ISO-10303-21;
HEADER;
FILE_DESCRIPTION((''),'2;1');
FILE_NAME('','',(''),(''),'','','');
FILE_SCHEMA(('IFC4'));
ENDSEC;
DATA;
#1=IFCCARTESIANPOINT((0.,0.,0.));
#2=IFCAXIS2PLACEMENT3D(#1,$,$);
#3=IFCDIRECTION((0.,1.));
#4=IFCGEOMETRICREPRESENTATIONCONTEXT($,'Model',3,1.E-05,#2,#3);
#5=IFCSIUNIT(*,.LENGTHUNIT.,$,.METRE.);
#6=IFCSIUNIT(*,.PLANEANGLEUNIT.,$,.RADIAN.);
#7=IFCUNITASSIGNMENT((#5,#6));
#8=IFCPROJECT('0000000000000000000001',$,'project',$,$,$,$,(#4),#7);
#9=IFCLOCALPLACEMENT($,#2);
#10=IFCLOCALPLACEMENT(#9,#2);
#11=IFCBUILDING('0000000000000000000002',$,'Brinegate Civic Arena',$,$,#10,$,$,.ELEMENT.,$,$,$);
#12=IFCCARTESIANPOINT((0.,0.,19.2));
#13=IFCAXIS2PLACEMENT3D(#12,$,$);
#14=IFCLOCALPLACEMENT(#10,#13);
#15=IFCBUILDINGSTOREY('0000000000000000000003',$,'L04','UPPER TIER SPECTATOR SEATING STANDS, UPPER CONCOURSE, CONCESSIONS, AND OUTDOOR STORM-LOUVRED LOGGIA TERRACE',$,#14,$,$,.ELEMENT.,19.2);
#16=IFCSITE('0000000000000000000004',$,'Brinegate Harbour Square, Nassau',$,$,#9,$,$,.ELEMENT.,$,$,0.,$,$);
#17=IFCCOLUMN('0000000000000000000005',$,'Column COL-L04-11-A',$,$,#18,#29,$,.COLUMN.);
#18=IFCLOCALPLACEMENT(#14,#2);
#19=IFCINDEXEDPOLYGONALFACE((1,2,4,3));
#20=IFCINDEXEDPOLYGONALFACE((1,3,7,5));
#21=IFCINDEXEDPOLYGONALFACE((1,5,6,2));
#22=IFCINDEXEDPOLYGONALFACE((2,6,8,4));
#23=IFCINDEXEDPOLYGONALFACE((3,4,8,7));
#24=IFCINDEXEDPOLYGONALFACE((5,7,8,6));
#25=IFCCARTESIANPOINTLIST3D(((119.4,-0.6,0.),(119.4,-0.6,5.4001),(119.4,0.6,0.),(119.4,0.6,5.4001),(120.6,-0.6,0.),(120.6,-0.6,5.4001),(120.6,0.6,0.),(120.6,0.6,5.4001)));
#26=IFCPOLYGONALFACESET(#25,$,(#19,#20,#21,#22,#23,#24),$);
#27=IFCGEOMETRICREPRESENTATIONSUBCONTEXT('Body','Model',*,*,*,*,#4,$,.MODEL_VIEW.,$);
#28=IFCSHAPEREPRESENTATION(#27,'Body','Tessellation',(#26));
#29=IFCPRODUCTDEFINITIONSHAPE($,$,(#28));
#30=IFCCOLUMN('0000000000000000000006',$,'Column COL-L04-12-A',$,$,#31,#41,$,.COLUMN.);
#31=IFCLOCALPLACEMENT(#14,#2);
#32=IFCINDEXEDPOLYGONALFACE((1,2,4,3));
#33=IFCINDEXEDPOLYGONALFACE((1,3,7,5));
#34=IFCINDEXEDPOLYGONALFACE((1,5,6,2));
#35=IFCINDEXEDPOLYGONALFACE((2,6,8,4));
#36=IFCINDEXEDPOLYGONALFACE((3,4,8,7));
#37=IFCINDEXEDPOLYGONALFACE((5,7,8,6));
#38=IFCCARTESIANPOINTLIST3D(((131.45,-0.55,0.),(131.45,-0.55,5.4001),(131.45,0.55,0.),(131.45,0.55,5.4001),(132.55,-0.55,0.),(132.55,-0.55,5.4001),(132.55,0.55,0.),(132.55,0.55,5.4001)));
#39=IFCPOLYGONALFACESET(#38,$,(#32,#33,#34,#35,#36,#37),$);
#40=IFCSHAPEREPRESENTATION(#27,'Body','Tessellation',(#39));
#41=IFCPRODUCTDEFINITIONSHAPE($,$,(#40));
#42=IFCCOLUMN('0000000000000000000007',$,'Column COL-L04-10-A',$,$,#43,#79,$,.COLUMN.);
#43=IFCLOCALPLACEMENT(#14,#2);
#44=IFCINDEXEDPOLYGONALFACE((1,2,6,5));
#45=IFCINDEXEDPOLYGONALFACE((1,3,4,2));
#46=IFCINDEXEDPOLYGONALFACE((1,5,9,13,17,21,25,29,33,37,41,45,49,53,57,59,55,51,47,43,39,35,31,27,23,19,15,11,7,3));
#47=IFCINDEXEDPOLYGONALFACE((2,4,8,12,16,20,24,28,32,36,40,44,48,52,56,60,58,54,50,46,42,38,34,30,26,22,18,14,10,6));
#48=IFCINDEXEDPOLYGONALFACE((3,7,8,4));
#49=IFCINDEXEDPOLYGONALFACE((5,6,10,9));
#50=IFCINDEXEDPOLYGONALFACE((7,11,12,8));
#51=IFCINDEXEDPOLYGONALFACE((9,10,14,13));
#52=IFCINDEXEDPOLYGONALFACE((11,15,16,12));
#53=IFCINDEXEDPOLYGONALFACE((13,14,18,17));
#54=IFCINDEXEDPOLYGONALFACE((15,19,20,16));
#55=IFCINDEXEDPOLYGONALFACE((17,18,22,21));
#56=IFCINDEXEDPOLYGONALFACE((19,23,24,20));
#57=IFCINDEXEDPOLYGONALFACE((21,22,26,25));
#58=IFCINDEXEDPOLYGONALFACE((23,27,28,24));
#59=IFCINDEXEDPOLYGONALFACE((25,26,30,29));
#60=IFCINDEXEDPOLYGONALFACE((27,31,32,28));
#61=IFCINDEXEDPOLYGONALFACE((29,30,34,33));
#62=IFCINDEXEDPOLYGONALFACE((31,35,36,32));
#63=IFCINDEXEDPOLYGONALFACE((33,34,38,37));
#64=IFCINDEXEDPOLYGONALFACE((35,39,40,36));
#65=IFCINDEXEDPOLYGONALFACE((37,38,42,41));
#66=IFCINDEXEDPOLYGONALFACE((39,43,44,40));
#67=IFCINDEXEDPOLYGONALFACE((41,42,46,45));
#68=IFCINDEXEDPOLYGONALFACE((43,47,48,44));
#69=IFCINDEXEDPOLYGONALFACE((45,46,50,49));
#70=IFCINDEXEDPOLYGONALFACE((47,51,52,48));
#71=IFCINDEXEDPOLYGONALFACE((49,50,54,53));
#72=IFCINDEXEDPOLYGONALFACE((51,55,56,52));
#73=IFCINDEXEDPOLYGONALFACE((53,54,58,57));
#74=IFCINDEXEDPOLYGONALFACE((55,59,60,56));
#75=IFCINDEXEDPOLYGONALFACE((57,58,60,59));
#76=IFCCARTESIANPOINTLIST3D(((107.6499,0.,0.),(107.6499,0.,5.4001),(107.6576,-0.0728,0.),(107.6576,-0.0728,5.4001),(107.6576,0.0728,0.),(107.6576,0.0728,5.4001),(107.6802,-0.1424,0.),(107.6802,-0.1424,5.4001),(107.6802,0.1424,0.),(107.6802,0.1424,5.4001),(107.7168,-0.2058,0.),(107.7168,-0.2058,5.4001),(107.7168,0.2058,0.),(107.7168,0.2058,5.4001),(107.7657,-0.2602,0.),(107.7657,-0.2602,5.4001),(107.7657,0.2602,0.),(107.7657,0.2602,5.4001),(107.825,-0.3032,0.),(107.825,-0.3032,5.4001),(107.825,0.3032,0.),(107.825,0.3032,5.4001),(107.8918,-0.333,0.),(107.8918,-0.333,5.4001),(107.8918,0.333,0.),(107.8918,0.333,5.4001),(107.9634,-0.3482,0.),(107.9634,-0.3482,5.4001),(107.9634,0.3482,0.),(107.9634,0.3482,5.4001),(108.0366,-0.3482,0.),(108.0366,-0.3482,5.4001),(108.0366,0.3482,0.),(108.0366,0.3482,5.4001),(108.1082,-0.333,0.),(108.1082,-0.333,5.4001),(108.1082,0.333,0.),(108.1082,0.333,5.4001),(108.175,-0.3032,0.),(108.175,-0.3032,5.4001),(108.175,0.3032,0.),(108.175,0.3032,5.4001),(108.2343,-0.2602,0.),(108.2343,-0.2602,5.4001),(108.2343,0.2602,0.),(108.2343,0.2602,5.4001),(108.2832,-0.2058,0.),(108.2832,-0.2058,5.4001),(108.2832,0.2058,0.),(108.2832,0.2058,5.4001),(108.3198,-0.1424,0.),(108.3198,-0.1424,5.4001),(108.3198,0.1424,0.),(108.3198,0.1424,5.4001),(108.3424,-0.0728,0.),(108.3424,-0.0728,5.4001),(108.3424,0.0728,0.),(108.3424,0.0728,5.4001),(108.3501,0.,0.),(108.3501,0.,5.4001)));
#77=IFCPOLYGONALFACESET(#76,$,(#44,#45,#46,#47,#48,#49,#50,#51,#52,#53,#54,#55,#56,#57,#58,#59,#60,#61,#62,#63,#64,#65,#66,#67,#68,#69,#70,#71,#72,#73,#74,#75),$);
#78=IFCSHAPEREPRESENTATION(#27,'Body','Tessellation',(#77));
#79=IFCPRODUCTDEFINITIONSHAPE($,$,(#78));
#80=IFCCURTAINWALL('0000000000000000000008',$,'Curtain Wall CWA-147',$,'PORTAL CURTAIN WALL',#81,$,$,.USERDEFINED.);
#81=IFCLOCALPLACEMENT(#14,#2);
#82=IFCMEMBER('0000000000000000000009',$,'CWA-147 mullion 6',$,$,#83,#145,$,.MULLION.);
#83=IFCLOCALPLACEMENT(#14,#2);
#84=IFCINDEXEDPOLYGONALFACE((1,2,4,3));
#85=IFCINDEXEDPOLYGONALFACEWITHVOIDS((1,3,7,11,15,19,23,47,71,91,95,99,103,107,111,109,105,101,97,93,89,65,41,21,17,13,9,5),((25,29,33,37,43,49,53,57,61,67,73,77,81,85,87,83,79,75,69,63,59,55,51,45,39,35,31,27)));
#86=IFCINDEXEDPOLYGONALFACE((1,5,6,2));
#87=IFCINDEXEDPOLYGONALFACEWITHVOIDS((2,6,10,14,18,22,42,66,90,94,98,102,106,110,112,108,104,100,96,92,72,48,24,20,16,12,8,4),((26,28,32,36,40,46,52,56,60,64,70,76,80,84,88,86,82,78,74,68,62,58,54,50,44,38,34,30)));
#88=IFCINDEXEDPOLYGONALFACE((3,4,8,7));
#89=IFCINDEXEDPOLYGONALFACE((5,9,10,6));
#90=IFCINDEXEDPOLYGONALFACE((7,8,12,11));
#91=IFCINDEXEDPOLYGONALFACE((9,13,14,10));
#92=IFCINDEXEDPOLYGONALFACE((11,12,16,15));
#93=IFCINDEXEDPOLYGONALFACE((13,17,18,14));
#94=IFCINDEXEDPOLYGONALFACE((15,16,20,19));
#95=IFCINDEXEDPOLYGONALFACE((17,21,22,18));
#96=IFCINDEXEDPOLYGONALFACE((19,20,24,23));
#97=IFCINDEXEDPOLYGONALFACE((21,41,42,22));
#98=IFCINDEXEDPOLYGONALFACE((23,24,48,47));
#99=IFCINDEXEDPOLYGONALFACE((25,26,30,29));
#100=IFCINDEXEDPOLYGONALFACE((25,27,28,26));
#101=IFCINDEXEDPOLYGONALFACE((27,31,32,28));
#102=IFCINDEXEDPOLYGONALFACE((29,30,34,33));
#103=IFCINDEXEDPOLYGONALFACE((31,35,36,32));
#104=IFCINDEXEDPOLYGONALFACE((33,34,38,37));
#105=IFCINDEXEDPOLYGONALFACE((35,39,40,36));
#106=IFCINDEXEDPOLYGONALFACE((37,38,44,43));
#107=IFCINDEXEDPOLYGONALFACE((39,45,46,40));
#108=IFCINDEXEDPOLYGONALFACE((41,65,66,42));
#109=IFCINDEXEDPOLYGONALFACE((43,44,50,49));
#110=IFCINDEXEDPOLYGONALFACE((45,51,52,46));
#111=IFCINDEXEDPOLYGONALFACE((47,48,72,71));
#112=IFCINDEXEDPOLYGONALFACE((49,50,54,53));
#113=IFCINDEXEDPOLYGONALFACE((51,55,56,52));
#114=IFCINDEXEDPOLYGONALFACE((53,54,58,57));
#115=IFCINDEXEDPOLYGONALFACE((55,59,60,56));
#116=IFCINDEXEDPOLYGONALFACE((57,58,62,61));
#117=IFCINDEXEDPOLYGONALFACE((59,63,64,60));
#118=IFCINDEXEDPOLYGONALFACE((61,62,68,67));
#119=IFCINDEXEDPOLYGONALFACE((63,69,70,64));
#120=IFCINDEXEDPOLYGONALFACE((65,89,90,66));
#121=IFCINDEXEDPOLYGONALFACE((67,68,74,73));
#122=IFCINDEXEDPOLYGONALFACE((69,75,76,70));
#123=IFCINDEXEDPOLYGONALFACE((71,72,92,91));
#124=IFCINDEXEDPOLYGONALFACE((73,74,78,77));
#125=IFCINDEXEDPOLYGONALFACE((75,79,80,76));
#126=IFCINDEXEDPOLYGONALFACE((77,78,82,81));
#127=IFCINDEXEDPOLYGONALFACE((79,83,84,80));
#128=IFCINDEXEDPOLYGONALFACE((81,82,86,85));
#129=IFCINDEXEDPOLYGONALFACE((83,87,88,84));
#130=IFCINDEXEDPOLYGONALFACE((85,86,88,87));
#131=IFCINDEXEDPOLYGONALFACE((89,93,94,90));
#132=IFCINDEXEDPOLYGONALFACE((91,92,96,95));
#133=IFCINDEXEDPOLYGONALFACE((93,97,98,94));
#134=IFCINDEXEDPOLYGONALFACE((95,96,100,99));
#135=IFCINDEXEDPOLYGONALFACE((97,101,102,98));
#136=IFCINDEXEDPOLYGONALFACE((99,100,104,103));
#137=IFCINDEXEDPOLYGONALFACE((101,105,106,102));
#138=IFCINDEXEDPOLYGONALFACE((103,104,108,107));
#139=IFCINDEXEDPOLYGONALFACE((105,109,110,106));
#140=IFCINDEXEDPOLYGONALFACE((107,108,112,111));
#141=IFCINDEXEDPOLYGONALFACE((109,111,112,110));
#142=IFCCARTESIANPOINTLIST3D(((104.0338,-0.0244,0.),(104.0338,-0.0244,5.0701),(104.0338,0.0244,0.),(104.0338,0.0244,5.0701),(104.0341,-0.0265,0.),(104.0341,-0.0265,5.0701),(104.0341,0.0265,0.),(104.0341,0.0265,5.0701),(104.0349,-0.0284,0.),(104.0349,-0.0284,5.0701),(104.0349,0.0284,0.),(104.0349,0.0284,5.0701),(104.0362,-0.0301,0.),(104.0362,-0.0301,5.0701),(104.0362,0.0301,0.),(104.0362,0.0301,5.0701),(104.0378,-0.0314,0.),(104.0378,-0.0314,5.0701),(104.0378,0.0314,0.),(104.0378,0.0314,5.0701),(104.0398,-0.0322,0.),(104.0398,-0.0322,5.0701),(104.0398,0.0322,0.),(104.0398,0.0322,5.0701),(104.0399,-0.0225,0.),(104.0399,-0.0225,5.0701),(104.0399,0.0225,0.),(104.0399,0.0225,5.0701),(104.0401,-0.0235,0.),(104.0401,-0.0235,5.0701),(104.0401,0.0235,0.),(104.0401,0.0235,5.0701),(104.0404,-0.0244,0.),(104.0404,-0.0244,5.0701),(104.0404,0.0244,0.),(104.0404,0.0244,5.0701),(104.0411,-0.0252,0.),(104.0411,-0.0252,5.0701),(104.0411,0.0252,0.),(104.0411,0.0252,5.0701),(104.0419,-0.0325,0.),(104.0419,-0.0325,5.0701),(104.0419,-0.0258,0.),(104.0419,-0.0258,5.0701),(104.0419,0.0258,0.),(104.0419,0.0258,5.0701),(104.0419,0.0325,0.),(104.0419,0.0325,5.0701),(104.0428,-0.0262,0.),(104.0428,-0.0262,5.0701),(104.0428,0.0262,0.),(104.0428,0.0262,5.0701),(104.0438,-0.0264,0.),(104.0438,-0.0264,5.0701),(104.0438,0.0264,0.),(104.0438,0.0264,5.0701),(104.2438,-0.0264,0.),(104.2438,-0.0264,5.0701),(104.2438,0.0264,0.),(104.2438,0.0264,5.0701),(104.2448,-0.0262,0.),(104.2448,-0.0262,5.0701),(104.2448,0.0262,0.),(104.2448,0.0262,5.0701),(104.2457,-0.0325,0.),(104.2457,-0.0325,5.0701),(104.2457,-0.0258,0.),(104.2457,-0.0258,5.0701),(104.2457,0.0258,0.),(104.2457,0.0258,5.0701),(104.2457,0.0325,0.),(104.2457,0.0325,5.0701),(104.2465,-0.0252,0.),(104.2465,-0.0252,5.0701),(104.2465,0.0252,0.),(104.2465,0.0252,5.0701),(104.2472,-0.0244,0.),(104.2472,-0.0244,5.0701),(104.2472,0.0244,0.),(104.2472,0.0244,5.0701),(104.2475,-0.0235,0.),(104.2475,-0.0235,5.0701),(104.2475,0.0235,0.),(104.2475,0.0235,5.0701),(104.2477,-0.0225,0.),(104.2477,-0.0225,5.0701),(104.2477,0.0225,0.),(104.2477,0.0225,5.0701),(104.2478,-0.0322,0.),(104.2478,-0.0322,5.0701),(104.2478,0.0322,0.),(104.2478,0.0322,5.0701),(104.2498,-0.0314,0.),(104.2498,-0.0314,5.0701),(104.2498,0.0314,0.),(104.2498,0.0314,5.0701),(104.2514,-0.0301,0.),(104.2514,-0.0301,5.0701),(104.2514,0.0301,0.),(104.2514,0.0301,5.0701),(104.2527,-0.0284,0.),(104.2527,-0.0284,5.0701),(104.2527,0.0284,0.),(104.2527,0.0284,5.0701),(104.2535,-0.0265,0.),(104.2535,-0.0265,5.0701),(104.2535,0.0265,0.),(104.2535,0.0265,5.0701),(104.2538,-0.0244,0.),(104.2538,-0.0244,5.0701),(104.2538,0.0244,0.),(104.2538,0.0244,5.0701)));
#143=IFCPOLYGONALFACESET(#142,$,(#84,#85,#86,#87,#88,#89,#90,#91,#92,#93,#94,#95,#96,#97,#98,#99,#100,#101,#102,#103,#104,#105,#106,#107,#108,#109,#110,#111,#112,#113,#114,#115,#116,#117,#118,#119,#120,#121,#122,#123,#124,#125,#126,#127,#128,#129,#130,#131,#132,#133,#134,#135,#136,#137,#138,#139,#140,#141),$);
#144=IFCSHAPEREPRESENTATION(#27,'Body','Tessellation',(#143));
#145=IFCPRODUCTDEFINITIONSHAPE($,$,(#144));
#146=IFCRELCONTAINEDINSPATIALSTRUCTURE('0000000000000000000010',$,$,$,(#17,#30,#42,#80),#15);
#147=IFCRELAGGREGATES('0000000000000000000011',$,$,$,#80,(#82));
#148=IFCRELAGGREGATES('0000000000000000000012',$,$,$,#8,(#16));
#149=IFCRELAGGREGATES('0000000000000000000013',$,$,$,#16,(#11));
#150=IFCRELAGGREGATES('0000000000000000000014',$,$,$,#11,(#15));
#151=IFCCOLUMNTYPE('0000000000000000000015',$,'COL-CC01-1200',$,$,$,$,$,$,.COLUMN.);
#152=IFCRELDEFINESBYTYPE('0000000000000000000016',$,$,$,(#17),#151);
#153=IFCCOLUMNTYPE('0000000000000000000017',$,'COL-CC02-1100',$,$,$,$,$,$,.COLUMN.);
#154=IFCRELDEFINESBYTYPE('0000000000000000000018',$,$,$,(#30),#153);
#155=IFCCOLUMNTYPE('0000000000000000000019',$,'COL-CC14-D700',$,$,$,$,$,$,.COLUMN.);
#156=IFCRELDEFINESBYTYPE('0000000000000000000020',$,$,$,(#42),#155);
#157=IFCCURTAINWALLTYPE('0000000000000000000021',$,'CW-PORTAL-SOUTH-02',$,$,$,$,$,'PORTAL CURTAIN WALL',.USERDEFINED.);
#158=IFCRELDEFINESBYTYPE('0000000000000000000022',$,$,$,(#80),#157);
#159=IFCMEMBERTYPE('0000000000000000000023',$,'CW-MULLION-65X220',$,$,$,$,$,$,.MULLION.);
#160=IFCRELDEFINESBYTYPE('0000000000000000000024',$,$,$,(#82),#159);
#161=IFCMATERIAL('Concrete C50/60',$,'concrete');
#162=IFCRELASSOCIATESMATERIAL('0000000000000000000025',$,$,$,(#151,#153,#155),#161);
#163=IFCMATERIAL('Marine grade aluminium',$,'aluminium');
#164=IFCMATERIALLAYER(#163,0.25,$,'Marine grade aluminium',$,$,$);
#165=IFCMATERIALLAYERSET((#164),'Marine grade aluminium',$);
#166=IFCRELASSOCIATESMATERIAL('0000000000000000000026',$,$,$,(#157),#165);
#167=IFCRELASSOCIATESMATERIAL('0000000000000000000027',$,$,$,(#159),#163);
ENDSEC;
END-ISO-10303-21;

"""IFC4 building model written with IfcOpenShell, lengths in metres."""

from ifc_helpers import new_model, si_unit, direction, frame, origin, origin_2d, place, context, subcontext, project, spatial, rectangle, hollow_rectangle, circle, extrude, material, layer, layer_set, material_profile, profile_set, type_object, element, aggregate, save


model = new_model("IFC4")

# Units and contexts
model_context = context("Model", 3, precision=1e-05, world=origin(), true_north=direction((0.0, 1.0)))
body_context = subcontext(model_context, "Body", "Model", "MODEL_VIEW")
ifc_project = project(units=[si_unit("LENGTHUNIT", "METRE"), si_unit("PLANEANGLEUNIT", "RADIAN")], contexts=[model_context])

# Site, building, storey
site_placement = place(None, origin())
site = spatial("IfcSite", under=ifc_project, at=site_placement, Name="Brinegate Harbour Square, Nassau", CompositionType="ELEMENT", RefElevation=0.0)
building_placement = place(site_placement, origin())
building = spatial("IfcBuilding", under=site, at=building_placement, Name="Brinegate Civic Arena", CompositionType="ELEMENT")
storey_placement = place(building_placement, frame((0.0, 0.0, 19.2)))
storey = spatial("IfcBuildingStorey", under=building, at=storey_placement, Name="L04", Description="UPPER TIER SPECTATOR SEATING STANDS, UPPER CONCOURSE, CONCESSIONS, AND OUTDOOR STORM-LOUVRED LOGGIA TERRACE", CompositionType="ELEMENT", Elevation=19.2)

# Columns
ifc_material_1 = material(Name="Concrete C50/60", Category="concrete")
ifc_material_profile_1 = material_profile(ifc_material_1, rectangle(XDim=1.2, YDim=1.2, at=origin_2d()), Name="RC1200X1200")
ifc_profile_set_1 = profile_set([ifc_material_profile_1], Name="Concrete C50/60")
column_type_1 = type_object("IfcColumnType", Name="COL-CC01-1200", PredefinedType="COLUMN", material=ifc_profile_set_1)
column_1_placement = place(storey_placement, frame((120.0, 0.0, 0.0), z_axis=(0.0, 0.0, 1.0), x_axis=(1.0, 0.0, 0.0)))
element("IfcColumn", 1, at=column_1_placement, inside=storey, type_object=column_type_1, Name="Column COL-L04-11-A", PredefinedType="COLUMN", context=body_context, shape_type="SweptSolid", body=[
    extrude(rectangle(XDim=1.2, YDim=1.2, at=origin_2d()), origin(), (0.0, 0.0, 1.0), 5.4001),
])
ifc_material_profile_2 = material_profile(ifc_material_1, rectangle(XDim=1.1001, YDim=1.1001, at=origin_2d()), Name="RC1100X1100")
ifc_profile_set_2 = profile_set([ifc_material_profile_2], Name="Concrete C50/60")
column_type_2 = type_object("IfcColumnType", Name="COL-CC02-1100", PredefinedType="COLUMN", material=ifc_profile_set_2)
column_2_placement = place(storey_placement, frame((132.0, 0.0, 0.0), z_axis=(0.0, 0.0, 1.0), x_axis=(1.0, 0.0, 0.0)))
element("IfcColumn", 2, at=column_2_placement, inside=storey, type_object=column_type_2, Name="Column COL-L04-12-A", PredefinedType="COLUMN", context=body_context, shape_type="SweptSolid", body=[
    extrude(rectangle(XDim=1.1001, YDim=1.1001, at=origin_2d()), origin(), (0.0, 0.0, 1.0), 5.4001),
])
ifc_material_profile_3 = material_profile(ifc_material_1, circle(Radius=0.3501, at=origin_2d()), Name="RCD700")
ifc_profile_set_3 = profile_set([ifc_material_profile_3], Name="Concrete C50/60")
column_type_3 = type_object("IfcColumnType", Name="COL-CC14-D700", PredefinedType="COLUMN", material=ifc_profile_set_3)
column_3_placement = place(storey_placement, frame((108.0, 0.0, 0.0), z_axis=(0.0, 0.0, 1.0), x_axis=(1.0, 0.0, 0.0)))
element("IfcColumn", 3, at=column_3_placement, inside=storey, type_object=column_type_3, Name="Column COL-L04-10-A", PredefinedType="COLUMN", context=body_context, shape_type="SweptSolid", body=[
    extrude(circle(Radius=0.3501, at=origin_2d()), origin(), (0.0, 0.0, 1.0), 5.4001),
])

# Curtain wall, member
ifc_material_2 = material(Name="Marine grade aluminium", Category="aluminium")
ifc_layer_1 = layer(ifc_material_2, 0.25, Name="Marine grade aluminium")
ifc_layer_set_1 = layer_set([ifc_layer_1], Name="Marine grade aluminium")
curtain_wall_type = type_object("IfcCurtainWallType", Name="CW-PORTAL-SOUTH-02", ElementType="PORTAL CURTAIN WALL", PredefinedType="USERDEFINED", material=ifc_layer_set_1)
curtain_wall_placement = place(storey_placement, origin())
curtain_wall = element("IfcCurtainWall", 4, at=curtain_wall_placement, inside=storey, type_object=curtain_wall_type, Name="Curtain Wall CWA-147", ObjectType="PORTAL CURTAIN WALL", PredefinedType="USERDEFINED")
ifc_material_profile_4 = material_profile(ifc_material_2, hollow_rectangle(XDim=0.0649, YDim=0.22, WallThickness=0.0061, InnerFilletRadius=0.0039, OuterFilletRadius=0.0081, at=origin_2d()), Name="MUL65X220")
ifc_profile_set_4 = profile_set([ifc_material_profile_4], Name="Marine grade aluminium")
member_type_1 = type_object("IfcMemberType", Name="CW-MULLION-65X220", PredefinedType="MULLION", material=ifc_profile_set_4)
member_1_placement = place(storey_placement, frame((104.1438, 0.0, 0.0), z_axis=(0.0, 0.0, 1.0), x_axis=(0.0, 1.0, 0.0)))
member_1 = element("IfcMember", 5, at=member_1_placement, type_object=member_type_1, Name="CWA-147 mullion 6", PredefinedType="MULLION", context=body_context, shape_type="SweptSolid", body=[
    extrude(hollow_rectangle(XDim=0.0649, YDim=0.22, WallThickness=0.0061, InnerFilletRadius=0.0039, OuterFilletRadius=0.0081, at=origin_2d()), origin(), (0.0, 0.0, 1.0), 5.0701),
])

aggregate(curtain_wall, [member_1])

save(model, "model.ifc")
